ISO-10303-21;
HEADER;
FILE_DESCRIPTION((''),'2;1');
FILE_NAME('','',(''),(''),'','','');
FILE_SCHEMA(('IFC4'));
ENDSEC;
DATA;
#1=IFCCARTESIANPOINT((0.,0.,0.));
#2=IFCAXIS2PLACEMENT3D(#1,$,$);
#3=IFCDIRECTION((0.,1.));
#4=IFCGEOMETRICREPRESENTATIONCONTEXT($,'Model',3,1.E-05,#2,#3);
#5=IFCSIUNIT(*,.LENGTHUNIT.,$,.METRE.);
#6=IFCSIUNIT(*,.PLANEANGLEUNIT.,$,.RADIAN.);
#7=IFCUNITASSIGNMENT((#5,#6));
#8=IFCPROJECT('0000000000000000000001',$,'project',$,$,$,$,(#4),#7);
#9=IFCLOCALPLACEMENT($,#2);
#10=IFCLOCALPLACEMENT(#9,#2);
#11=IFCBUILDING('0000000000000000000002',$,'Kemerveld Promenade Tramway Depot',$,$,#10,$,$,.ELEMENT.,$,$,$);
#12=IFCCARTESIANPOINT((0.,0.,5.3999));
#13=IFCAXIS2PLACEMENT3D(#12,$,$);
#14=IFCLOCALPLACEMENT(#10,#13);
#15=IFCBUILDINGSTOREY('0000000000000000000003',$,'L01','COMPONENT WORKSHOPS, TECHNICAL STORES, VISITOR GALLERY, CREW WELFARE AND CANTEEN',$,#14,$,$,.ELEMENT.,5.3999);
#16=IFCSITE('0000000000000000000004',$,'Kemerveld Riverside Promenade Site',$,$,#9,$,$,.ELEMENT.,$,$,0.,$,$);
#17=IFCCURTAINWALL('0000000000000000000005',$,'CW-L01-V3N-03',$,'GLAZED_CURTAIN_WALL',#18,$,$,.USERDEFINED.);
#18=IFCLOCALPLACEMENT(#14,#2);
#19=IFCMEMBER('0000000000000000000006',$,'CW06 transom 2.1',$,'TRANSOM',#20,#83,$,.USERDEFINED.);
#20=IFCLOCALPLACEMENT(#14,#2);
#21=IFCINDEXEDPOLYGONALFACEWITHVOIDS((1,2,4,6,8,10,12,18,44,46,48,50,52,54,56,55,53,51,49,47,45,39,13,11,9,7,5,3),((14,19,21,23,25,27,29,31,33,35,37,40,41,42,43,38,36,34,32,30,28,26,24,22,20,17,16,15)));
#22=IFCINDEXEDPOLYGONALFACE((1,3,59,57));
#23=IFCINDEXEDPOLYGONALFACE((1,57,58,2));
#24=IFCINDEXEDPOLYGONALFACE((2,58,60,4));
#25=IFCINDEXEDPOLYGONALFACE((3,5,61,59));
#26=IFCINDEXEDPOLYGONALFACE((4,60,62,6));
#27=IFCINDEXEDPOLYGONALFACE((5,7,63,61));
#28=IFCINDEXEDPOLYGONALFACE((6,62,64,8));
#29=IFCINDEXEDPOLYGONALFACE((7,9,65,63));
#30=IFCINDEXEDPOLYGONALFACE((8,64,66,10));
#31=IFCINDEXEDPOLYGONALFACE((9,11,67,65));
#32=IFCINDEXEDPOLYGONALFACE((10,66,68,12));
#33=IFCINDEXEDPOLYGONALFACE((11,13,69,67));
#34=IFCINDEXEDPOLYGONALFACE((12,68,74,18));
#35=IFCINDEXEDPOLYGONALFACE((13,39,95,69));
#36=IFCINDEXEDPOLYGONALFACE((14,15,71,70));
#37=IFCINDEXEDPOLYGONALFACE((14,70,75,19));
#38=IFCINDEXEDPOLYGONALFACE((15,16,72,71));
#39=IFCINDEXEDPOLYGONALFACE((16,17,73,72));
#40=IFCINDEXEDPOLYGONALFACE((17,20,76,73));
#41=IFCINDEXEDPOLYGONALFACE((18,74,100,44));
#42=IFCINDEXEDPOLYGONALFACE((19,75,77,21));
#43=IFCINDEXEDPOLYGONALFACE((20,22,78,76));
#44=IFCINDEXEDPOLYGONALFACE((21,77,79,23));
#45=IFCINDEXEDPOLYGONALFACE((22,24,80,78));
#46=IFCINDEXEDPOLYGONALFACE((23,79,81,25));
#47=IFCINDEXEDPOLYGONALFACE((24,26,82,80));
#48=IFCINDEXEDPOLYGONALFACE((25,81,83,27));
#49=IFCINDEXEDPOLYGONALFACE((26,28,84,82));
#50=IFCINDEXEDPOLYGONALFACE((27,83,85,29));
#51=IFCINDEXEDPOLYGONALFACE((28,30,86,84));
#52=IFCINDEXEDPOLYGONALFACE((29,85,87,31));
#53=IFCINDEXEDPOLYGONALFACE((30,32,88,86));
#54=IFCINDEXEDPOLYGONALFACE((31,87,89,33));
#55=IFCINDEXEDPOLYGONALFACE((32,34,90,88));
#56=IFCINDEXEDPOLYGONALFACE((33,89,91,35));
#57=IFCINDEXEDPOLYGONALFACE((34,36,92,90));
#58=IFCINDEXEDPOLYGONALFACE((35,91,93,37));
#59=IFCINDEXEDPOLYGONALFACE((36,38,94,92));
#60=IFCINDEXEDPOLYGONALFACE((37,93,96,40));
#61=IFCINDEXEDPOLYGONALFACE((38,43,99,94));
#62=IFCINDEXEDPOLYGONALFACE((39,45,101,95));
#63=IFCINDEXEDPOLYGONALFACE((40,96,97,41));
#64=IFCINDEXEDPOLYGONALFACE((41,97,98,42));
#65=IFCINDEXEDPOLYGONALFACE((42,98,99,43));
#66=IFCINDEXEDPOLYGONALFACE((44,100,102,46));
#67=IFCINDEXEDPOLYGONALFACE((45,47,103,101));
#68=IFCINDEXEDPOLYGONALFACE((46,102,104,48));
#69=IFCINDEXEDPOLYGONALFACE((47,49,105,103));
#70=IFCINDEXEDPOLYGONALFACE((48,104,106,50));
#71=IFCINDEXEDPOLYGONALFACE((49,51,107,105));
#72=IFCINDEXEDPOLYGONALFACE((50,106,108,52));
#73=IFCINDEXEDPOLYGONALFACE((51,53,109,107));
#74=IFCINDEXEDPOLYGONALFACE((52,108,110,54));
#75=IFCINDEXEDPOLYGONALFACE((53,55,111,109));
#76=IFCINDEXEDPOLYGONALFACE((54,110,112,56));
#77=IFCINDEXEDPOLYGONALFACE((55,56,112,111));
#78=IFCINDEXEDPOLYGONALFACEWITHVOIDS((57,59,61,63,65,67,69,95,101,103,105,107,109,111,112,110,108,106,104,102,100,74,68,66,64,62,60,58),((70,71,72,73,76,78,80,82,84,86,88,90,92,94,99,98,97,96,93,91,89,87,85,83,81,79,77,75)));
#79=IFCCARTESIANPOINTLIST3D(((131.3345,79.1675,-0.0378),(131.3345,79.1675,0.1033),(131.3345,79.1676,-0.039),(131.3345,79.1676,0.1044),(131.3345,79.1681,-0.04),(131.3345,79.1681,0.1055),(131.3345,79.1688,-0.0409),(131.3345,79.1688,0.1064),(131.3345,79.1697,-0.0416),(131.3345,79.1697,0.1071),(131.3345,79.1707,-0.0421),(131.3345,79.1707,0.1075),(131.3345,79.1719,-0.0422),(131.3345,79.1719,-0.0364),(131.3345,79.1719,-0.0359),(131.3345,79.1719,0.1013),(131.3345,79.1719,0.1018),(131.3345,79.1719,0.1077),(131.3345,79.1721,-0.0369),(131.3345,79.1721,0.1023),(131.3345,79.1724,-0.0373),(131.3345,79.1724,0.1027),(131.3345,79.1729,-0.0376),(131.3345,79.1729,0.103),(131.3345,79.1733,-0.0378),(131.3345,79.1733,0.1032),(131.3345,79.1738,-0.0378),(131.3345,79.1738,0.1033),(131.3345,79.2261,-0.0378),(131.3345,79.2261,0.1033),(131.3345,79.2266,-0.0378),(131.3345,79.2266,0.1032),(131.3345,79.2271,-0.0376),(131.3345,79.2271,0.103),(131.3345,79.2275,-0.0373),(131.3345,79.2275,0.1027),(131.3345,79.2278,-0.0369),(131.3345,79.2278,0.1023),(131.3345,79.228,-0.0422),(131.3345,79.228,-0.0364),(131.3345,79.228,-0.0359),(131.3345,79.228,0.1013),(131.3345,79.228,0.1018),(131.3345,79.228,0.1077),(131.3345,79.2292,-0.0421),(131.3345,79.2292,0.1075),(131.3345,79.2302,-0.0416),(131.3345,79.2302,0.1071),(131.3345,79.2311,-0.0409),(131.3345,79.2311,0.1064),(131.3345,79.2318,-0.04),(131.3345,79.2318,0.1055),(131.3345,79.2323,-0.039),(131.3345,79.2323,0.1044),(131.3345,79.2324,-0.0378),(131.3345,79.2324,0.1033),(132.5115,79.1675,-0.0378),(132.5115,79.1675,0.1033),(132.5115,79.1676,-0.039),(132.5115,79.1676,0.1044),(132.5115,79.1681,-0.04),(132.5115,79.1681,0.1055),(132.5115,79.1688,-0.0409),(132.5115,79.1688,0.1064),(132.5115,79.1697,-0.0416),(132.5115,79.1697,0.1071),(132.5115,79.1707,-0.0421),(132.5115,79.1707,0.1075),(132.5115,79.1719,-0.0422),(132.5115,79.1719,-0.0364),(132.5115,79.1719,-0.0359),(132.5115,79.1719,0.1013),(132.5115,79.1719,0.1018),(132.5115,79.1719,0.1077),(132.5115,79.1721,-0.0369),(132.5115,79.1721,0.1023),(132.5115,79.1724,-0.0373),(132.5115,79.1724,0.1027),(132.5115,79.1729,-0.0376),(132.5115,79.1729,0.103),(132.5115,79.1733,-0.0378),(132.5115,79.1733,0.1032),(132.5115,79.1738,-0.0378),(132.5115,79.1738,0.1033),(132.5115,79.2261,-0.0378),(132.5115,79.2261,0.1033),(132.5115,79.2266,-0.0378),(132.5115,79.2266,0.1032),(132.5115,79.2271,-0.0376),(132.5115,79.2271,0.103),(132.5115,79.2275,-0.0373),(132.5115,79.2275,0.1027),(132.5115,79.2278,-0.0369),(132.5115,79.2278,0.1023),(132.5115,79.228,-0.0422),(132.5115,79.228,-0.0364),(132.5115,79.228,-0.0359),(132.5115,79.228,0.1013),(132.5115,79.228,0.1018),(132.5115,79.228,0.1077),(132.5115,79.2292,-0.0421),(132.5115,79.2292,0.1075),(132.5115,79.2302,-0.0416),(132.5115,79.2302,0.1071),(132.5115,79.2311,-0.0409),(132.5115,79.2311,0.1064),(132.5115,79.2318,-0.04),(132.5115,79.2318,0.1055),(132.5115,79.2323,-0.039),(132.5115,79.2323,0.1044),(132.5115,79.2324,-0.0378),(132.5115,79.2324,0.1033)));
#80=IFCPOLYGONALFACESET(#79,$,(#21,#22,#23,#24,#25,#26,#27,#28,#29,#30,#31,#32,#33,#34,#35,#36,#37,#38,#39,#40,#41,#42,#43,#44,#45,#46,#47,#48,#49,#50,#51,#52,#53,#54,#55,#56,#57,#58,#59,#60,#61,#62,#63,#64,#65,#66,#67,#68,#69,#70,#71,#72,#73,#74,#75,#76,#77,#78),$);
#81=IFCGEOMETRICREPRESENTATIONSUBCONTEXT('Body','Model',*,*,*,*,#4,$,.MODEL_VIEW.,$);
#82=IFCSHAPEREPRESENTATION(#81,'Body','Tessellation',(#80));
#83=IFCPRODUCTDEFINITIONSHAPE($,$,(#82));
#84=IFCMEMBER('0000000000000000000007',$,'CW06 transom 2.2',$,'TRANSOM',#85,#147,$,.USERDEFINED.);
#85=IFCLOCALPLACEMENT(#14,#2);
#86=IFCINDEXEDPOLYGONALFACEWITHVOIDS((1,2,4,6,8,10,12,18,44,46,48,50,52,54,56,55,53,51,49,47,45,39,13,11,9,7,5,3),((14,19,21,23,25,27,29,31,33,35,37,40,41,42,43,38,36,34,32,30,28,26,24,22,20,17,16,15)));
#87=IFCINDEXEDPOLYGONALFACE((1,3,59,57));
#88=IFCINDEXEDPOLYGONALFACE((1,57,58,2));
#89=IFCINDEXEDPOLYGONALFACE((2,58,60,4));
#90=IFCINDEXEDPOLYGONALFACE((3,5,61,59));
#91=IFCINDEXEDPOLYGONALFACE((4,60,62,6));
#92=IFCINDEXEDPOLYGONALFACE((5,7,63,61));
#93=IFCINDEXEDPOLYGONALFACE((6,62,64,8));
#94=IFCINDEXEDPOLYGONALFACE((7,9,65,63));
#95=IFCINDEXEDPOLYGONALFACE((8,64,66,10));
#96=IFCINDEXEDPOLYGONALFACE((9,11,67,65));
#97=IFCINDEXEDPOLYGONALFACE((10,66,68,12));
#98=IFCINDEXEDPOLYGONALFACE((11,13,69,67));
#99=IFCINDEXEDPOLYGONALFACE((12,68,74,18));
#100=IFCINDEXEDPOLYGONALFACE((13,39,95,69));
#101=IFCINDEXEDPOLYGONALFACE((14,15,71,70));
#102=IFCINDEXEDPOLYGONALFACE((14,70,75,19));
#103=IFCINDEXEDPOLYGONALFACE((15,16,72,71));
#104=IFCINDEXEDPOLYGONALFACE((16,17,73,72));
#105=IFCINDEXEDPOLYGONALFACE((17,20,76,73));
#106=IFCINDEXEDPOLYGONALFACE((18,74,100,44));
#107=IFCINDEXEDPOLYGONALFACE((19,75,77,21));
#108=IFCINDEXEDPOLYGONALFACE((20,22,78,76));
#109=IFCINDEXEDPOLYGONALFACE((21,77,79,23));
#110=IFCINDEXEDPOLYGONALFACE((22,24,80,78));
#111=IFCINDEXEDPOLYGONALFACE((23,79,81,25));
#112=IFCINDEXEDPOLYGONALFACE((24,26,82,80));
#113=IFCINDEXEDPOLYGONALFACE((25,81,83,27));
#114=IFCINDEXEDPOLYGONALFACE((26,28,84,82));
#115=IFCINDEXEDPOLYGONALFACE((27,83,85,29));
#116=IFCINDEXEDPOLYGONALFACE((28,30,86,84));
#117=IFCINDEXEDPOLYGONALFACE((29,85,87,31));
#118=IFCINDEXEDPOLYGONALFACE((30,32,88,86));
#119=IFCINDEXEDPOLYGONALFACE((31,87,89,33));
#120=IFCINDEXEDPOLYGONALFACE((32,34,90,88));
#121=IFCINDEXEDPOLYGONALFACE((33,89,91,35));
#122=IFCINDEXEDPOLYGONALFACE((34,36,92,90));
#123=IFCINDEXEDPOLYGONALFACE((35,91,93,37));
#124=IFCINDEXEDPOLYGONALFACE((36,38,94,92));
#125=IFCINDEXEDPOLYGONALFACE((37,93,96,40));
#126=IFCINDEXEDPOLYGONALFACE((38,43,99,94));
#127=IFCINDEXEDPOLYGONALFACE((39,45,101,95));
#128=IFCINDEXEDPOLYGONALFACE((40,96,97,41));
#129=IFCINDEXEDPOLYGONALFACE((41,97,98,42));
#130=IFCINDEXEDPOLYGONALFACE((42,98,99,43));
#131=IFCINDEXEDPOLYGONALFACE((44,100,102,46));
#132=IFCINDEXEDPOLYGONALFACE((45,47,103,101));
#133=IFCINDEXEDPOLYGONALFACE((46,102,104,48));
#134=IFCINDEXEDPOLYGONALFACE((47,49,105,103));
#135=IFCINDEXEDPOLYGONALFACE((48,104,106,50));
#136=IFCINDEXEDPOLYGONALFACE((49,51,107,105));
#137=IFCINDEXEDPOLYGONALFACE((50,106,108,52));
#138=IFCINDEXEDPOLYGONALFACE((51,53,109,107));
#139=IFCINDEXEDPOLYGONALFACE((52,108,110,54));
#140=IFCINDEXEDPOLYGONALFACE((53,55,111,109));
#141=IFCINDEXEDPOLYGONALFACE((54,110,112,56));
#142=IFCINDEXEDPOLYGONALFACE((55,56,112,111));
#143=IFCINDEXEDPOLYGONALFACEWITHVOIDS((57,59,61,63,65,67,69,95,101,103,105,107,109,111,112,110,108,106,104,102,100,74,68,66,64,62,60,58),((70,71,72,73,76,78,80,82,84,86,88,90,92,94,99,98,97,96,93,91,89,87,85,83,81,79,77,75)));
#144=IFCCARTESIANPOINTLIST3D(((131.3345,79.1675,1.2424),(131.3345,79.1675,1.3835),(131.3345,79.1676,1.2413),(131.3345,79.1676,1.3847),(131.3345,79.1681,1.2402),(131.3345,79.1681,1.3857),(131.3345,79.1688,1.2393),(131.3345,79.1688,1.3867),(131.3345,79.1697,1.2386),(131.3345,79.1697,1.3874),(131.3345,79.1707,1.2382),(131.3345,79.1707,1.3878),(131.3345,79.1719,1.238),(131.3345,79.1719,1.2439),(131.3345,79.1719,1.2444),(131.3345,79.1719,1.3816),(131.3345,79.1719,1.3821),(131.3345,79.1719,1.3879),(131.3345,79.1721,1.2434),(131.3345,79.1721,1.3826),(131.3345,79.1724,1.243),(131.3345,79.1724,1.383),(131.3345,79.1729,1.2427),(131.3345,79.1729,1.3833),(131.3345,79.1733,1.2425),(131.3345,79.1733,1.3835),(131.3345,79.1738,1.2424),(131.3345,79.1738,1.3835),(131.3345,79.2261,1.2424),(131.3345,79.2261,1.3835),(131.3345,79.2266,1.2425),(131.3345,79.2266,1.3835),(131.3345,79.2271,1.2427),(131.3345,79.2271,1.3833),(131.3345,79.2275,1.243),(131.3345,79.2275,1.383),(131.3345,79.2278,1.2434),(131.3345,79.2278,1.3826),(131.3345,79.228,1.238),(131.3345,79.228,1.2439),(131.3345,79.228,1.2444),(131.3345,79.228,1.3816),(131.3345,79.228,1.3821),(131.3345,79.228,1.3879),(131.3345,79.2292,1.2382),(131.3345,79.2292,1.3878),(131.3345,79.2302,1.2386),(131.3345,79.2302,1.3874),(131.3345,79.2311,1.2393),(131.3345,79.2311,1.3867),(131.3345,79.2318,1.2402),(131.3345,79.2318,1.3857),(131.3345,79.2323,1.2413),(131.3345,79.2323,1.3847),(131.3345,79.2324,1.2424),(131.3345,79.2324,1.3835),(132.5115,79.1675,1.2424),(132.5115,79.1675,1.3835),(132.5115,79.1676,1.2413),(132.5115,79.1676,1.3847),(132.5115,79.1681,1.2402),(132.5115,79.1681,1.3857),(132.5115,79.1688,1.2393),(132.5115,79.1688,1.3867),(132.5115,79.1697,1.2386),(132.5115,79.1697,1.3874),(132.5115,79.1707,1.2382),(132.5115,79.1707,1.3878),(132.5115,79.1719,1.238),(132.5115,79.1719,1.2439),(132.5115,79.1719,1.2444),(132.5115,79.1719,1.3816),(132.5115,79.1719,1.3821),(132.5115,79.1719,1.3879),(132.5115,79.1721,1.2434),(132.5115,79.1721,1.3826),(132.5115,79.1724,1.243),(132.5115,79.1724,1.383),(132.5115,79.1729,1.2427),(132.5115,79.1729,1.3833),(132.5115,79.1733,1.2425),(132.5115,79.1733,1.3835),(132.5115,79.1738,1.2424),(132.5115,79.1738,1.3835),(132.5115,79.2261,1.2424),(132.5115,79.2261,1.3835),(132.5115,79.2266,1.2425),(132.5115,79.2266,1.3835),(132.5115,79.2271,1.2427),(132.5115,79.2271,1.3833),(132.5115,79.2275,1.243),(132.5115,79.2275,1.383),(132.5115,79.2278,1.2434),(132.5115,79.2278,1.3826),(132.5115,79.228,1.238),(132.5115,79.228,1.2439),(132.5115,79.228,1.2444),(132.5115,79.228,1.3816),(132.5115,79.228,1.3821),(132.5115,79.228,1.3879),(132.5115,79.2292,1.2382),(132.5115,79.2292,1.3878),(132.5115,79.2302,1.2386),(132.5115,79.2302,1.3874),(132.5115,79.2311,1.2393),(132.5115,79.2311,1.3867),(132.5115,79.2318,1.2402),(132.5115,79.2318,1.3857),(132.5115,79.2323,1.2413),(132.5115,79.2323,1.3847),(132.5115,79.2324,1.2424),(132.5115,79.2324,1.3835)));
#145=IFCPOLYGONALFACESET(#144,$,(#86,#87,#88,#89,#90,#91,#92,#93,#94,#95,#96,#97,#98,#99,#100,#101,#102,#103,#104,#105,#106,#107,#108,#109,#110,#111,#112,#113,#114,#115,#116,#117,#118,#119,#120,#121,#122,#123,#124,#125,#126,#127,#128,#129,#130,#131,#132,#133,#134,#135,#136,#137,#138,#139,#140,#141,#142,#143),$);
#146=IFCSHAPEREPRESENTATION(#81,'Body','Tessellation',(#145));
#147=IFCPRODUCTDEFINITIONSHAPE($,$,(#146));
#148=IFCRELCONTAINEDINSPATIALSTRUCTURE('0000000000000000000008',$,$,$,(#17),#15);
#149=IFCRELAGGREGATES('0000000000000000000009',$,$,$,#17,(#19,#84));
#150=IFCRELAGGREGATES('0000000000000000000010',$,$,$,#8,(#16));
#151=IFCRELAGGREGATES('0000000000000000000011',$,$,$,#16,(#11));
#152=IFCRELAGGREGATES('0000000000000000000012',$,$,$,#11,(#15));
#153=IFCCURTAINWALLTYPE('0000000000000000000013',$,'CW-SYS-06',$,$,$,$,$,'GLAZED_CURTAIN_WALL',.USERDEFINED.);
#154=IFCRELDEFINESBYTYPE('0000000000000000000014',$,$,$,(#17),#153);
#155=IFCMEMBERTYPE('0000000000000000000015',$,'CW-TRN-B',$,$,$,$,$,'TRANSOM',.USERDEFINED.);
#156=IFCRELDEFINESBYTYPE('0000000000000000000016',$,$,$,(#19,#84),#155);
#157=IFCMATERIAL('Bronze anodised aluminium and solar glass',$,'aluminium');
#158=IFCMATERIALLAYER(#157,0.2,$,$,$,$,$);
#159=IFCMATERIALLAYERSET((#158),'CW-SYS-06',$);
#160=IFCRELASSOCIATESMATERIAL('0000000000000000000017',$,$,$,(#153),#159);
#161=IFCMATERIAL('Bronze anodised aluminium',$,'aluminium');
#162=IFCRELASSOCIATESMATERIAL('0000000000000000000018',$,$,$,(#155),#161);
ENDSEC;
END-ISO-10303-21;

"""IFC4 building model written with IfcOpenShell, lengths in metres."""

from ifc_helpers import new_model, si_unit, direction, frame, origin, origin_2d, place, context, subcontext, project, spatial, hollow_rectangle, extrude, material, layer, layer_set, material_profile, profile_set, type_object, element, aggregate, save


model = new_model("IFC4")

# Units and contexts
model_context = context("Model", 3, precision=1e-05, world=origin(), true_north=direction((0.0, 1.0)))
body_context = subcontext(model_context, "Body", "Model", "MODEL_VIEW")
ifc_project = project(units=[si_unit("LENGTHUNIT", "METRE"), si_unit("PLANEANGLEUNIT", "RADIAN")], contexts=[model_context])

# Site, building, storey
site_placement = place(None, origin())
site = spatial("IfcSite", under=ifc_project, at=site_placement, Name="Kemerveld Riverside Promenade Site", CompositionType="ELEMENT", RefElevation=0.0)
building_placement = place(site_placement, origin())
building = spatial("IfcBuilding", under=site, at=building_placement, Name="Kemerveld Promenade Tramway Depot", CompositionType="ELEMENT")
storey_placement = place(building_placement, frame((0.0, 0.0, 5.3999)))
storey = spatial("IfcBuildingStorey", under=building, at=storey_placement, Name="L01", Description="COMPONENT WORKSHOPS, TECHNICAL STORES, VISITOR GALLERY, CREW WELFARE AND CANTEEN", CompositionType="ELEMENT", Elevation=5.3999)

# Curtain wall, members
ifc_material_1 = material(Name="Bronze anodised aluminium and solar glass", Category="aluminium")
ifc_layer_1 = layer(ifc_material_1, 0.2)
ifc_layer_set_1 = layer_set([ifc_layer_1], Name="CW-SYS-06")
curtain_wall_type = type_object("IfcCurtainWallType", Name="CW-SYS-06", ElementType="GLAZED_CURTAIN_WALL", PredefinedType="USERDEFINED", material=ifc_layer_set_1)
curtain_wall_placement = place(storey_placement, origin())
curtain_wall = element("IfcCurtainWall", 1, at=curtain_wall_placement, inside=storey, type_object=curtain_wall_type, Name="CW-L01-V3N-03", ObjectType="GLAZED_CURTAIN_WALL", PredefinedType="USERDEFINED")
ifc_material_2 = material(Name="Bronze anodised aluminium", Category="aluminium")
ifc_material_profile_1 = material_profile(ifc_material_2, hollow_rectangle(XDim=0.0649, YDim=0.1499, WallThickness=0.0044, InnerFilletRadius=0.002, OuterFilletRadius=0.0044, at=origin_2d()), Name="CW-TRN-150x65")
ifc_profile_set_1 = profile_set([ifc_material_profile_1], Name="Bronze anodised aluminium")
member_type_1 = type_object("IfcMemberType", Name="CW-TRN-B", ElementType="TRANSOM", PredefinedType="USERDEFINED", material=ifc_profile_set_1)
member_1_placement = place(storey_placement, frame((131.3345, 79.2, 0.0327), z_axis=(1.0, 0.0, 0.0), x_axis=(0.0, 1.0, 0.0)))
member_1 = element("IfcMember", 2, at=member_1_placement, type_object=member_type_1, Name="CW06 transom 2.1", ObjectType="TRANSOM", PredefinedType="USERDEFINED", context=body_context, shape_type="SweptSolid", body=[
    extrude(hollow_rectangle(XDim=0.0649, YDim=0.1499, WallThickness=0.0044, InnerFilletRadius=0.002, OuterFilletRadius=0.0044, at=origin_2d()), origin(), (0.0, 0.0, 1.0), 1.177),
])
member_2_placement = place(storey_placement, frame((131.3345, 79.2, 1.313), z_axis=(1.0, 0.0, 0.0), x_axis=(0.0, 1.0, 0.0)))
member_2 = element("IfcMember", 3, at=member_2_placement, type_object=member_type_1, Name="CW06 transom 2.2", ObjectType="TRANSOM", PredefinedType="USERDEFINED", context=body_context, shape_type="SweptSolid", body=[
    extrude(hollow_rectangle(XDim=0.0649, YDim=0.1499, WallThickness=0.0044, InnerFilletRadius=0.002, OuterFilletRadius=0.0044, at=origin_2d()), origin(), (0.0, 0.0, 1.0), 1.177),
])
aggregate(curtain_wall, [member_1, member_2])

save(model, "model.ifc")
